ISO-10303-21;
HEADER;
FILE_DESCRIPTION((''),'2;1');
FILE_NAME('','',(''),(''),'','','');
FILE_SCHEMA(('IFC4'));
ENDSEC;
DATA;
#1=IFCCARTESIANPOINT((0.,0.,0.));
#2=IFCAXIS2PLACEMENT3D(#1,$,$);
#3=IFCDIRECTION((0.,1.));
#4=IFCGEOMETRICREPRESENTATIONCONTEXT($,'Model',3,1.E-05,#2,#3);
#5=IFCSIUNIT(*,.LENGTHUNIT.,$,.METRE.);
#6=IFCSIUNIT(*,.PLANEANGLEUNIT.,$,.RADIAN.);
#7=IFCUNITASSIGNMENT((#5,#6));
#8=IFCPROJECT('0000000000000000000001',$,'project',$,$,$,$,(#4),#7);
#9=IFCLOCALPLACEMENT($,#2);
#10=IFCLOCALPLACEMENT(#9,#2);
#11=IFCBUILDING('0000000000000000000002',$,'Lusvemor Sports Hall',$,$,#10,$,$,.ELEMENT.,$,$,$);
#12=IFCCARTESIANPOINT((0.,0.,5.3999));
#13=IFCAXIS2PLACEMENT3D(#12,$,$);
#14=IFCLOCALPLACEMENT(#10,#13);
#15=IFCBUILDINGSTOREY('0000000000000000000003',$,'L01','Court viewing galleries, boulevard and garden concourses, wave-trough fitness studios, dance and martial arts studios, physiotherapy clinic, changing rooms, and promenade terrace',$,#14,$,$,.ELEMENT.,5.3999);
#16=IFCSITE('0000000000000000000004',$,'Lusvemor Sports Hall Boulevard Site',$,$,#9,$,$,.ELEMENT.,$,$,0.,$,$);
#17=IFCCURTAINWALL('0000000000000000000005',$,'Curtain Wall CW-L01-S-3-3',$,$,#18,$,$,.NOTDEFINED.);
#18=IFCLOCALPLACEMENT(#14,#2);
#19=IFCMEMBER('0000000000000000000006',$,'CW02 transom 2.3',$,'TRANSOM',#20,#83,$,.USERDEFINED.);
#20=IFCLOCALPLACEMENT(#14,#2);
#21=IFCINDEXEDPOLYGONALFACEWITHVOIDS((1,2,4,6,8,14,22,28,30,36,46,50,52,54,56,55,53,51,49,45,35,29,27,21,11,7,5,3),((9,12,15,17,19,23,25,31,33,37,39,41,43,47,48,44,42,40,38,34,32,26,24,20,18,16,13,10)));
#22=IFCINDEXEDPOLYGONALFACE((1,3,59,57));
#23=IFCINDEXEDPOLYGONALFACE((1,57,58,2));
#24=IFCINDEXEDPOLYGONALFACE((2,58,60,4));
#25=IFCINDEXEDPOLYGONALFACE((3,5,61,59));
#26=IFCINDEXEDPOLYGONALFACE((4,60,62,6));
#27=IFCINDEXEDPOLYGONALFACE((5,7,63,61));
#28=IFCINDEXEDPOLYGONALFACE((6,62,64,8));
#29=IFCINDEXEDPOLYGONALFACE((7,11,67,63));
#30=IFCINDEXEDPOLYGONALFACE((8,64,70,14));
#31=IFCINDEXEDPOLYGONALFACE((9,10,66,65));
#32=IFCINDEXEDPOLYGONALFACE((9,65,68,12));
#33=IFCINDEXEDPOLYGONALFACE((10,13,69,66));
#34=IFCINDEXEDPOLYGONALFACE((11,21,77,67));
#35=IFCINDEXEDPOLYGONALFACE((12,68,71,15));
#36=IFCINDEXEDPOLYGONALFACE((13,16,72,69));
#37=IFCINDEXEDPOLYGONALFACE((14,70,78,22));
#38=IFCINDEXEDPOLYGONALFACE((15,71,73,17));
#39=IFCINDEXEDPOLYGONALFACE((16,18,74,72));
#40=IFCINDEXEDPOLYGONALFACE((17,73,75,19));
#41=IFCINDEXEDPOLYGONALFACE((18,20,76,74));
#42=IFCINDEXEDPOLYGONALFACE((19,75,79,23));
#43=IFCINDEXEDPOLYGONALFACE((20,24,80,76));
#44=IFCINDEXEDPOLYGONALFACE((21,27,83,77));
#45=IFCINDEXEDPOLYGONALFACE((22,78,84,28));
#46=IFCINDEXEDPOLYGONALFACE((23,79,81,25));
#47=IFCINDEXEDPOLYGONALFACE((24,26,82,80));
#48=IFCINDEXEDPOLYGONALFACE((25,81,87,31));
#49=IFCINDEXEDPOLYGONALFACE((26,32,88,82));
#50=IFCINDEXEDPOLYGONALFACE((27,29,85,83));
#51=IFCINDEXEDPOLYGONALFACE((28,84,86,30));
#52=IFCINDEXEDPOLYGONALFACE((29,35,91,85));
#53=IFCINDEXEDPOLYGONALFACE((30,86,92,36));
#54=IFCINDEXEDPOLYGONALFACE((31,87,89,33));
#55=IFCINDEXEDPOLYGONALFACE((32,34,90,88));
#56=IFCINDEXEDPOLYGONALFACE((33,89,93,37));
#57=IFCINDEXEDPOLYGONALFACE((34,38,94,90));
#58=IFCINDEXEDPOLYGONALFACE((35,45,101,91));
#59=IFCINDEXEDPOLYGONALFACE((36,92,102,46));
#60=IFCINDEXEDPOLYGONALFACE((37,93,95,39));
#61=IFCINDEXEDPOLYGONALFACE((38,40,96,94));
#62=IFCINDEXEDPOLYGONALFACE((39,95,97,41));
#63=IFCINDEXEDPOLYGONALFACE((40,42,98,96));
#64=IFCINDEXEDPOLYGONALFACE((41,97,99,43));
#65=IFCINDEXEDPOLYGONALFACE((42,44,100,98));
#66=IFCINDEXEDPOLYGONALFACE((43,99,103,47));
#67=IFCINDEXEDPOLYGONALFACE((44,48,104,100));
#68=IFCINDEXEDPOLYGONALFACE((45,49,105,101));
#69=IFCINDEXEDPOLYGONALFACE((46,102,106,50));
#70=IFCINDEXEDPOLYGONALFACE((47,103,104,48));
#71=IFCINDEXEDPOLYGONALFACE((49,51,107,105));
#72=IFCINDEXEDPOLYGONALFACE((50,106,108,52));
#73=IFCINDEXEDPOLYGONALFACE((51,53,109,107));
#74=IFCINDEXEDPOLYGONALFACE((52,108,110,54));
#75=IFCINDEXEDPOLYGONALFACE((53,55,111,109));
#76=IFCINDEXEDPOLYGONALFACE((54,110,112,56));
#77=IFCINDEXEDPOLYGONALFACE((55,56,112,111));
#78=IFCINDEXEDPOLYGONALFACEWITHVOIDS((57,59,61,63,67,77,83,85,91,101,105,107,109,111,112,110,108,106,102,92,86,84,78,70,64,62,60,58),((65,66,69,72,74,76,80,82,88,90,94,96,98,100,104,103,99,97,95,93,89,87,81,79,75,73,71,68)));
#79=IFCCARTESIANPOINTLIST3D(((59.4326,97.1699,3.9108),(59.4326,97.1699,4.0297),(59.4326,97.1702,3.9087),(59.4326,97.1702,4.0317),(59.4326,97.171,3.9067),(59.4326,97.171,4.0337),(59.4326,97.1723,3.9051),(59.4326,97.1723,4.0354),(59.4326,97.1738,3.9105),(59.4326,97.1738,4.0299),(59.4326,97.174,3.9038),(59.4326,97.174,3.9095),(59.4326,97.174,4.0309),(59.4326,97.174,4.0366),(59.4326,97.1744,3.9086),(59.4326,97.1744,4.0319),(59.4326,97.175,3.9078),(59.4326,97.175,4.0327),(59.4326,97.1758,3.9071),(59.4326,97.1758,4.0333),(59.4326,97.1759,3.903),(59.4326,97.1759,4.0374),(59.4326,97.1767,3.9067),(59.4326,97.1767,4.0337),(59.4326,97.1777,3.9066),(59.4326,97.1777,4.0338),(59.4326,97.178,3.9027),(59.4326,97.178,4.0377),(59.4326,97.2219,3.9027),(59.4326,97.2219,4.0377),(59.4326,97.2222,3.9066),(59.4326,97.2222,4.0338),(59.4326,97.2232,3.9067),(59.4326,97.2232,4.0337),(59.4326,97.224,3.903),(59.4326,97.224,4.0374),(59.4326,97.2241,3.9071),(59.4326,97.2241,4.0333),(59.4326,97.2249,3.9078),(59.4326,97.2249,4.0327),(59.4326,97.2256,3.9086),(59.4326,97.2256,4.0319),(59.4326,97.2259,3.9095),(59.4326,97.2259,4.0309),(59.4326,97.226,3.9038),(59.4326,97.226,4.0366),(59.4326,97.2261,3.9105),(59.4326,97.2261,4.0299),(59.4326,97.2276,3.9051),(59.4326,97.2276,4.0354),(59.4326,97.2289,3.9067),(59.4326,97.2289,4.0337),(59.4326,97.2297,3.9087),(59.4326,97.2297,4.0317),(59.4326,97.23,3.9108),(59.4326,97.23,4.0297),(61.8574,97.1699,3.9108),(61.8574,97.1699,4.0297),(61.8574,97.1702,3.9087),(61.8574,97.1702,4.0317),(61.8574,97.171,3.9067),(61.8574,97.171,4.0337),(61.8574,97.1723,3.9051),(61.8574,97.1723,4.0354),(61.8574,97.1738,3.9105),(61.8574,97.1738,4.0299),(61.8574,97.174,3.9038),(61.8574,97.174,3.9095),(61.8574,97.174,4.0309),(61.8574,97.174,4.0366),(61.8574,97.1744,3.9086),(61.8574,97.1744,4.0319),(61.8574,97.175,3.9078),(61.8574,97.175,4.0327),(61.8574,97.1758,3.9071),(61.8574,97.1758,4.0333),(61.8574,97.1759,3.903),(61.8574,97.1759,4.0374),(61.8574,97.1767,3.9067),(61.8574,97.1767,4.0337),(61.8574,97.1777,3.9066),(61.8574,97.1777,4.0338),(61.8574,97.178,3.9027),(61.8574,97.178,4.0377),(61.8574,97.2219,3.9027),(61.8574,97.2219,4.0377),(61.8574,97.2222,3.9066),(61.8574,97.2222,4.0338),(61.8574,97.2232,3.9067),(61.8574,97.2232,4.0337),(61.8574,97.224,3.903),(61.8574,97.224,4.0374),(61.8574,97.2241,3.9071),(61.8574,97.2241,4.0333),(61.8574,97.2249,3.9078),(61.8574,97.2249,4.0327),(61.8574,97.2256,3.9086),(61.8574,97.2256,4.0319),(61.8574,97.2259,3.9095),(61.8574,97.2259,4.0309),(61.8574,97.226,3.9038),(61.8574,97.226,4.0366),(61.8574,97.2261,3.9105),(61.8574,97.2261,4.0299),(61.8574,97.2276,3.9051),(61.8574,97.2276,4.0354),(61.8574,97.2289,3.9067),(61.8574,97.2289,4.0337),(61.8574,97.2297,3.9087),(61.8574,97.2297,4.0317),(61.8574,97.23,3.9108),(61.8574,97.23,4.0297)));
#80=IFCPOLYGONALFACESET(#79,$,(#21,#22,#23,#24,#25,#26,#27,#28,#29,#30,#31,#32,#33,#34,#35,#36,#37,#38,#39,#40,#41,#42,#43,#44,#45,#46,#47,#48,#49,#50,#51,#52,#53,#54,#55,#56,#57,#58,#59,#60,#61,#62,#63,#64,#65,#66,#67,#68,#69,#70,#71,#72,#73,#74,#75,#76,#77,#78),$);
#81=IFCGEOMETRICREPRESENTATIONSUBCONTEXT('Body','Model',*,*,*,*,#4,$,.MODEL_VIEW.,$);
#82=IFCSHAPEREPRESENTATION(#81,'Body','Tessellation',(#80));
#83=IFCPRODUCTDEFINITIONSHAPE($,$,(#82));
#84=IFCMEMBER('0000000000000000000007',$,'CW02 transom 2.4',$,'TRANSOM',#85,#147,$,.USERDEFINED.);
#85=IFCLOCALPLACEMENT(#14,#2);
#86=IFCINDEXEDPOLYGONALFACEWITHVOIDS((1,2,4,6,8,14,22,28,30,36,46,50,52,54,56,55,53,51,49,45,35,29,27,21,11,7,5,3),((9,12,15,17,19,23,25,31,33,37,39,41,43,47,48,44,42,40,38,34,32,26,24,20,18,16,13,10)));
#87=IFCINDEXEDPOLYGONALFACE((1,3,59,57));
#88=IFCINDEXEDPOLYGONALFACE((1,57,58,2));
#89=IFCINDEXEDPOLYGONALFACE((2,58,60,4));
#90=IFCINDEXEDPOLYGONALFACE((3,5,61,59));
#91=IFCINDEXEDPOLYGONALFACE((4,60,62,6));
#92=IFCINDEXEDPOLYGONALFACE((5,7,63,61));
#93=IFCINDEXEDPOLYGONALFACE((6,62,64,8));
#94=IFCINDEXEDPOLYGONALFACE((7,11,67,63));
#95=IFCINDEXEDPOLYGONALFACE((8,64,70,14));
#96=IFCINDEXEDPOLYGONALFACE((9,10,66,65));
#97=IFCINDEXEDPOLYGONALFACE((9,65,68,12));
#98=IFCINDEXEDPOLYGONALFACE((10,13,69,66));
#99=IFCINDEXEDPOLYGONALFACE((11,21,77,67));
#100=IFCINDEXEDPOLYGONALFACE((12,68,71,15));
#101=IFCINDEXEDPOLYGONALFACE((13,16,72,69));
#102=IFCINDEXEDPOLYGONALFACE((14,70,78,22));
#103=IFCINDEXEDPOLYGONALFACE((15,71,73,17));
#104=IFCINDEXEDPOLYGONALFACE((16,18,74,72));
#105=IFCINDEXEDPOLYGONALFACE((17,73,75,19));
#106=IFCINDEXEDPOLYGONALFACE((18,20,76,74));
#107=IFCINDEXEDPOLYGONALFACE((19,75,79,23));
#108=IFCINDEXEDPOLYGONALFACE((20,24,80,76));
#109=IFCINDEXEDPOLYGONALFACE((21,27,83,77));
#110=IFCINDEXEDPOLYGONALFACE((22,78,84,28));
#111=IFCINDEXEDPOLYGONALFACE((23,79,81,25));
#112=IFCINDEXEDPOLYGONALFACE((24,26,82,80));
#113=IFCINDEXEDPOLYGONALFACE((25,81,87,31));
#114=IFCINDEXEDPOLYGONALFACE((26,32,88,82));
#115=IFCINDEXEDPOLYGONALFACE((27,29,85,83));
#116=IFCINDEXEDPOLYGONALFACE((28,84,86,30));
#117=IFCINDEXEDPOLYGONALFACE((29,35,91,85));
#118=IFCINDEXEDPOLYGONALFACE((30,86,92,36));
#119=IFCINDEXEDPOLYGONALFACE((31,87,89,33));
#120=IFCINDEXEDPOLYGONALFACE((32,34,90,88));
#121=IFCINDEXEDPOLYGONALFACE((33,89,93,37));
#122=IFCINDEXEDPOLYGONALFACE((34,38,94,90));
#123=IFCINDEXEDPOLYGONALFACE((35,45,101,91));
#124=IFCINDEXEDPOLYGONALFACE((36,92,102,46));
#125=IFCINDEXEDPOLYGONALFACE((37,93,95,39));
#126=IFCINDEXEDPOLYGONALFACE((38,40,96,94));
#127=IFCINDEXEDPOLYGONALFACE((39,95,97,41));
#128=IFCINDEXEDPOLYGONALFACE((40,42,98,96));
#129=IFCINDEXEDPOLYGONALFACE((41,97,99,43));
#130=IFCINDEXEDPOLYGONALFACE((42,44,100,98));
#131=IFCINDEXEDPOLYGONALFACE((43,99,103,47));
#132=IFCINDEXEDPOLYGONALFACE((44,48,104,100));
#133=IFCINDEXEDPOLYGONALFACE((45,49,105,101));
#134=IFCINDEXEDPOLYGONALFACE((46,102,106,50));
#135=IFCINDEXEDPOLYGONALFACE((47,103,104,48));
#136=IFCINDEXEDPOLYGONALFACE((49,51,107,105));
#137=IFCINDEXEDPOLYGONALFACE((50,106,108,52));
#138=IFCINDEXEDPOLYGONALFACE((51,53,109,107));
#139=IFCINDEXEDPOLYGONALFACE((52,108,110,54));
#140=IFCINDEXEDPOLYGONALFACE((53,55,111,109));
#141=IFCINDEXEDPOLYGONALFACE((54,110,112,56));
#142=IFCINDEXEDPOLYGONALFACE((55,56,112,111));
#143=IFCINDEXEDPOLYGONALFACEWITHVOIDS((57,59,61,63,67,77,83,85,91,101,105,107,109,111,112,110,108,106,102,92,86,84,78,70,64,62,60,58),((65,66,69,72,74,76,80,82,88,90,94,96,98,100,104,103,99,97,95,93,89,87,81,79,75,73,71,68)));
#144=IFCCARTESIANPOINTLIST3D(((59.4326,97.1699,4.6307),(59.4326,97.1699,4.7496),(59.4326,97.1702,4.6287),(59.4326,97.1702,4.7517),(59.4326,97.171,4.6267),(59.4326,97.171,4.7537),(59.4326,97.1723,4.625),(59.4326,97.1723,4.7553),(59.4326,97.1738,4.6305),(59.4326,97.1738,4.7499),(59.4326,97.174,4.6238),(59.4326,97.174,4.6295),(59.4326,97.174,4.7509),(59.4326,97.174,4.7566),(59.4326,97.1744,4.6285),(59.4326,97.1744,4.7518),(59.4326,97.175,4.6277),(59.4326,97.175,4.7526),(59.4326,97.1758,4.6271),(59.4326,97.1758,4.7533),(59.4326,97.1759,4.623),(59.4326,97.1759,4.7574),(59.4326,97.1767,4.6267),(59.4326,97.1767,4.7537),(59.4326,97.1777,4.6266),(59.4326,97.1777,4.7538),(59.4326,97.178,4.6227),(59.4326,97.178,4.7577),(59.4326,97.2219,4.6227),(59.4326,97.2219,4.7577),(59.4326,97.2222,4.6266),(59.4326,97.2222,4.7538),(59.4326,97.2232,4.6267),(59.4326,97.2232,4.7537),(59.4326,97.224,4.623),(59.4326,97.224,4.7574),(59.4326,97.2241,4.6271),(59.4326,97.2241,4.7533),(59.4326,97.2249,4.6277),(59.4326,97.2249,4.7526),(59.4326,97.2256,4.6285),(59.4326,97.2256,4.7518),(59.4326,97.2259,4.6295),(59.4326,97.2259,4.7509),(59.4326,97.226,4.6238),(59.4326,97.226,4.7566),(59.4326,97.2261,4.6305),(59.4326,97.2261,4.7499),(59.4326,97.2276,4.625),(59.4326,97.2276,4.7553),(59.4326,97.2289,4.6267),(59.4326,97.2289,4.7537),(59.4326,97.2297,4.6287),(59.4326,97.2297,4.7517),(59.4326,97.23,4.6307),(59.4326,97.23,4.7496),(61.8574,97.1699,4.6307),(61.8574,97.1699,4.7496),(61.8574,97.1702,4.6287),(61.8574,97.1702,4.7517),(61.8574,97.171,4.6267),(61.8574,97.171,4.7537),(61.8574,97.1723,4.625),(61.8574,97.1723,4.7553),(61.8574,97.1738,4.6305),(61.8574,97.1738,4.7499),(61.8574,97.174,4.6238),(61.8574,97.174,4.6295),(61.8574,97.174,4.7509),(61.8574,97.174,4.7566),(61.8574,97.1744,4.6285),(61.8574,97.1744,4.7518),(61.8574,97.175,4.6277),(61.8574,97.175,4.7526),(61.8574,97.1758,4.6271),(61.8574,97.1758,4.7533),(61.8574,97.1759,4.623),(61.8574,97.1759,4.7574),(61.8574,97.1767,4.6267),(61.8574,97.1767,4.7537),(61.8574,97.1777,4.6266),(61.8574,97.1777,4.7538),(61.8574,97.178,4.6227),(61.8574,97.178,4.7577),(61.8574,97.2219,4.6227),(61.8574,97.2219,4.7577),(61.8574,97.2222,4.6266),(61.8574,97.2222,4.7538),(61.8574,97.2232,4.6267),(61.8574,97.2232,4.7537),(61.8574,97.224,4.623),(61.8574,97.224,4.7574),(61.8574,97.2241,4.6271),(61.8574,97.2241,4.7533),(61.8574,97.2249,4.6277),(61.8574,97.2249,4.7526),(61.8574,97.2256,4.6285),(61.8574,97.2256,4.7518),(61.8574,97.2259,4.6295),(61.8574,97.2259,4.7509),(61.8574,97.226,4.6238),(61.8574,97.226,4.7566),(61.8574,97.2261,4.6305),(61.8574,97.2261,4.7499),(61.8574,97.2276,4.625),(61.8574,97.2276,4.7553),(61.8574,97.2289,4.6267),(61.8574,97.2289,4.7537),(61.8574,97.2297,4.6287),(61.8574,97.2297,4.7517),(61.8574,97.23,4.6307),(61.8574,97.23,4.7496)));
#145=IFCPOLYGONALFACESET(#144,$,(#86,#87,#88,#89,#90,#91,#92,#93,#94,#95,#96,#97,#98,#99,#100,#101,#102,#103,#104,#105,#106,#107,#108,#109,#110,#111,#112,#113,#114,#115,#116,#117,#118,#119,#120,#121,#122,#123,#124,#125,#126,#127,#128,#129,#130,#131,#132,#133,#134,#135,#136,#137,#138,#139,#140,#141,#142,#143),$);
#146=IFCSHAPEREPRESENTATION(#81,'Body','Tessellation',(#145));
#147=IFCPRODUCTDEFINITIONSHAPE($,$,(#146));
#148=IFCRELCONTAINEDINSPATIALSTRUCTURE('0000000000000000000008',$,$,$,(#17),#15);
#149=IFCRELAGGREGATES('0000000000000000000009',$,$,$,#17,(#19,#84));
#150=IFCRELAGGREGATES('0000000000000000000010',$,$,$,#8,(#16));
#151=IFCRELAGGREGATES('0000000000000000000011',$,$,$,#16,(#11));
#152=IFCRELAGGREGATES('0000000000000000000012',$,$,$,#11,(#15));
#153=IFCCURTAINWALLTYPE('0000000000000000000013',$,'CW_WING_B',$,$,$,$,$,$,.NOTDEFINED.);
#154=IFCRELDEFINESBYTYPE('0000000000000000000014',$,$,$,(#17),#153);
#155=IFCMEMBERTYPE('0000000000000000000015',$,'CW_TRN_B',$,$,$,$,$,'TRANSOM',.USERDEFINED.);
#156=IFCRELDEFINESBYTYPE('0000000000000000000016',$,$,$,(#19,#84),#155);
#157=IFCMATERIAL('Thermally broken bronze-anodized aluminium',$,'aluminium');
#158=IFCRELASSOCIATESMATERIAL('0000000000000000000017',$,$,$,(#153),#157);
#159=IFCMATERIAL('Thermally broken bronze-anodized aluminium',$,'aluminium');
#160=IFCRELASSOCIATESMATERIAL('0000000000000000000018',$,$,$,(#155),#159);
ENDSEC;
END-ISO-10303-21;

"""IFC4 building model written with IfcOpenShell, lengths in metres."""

from ifc_helpers import new_model, si_unit, direction, frame, origin, origin_2d, place, context, subcontext, project, spatial, hollow_rectangle, extrude, material, material_profile, profile_set, type_object, element, aggregate, save


model = new_model("IFC4")

# Units and contexts
model_context = context("Model", 3, precision=1e-05, world=origin(), true_north=direction((0.0, 1.0)))
body_context = subcontext(model_context, "Body", "Model", "MODEL_VIEW")
ifc_project = project(units=[si_unit("LENGTHUNIT", "METRE"), si_unit("PLANEANGLEUNIT", "RADIAN")], contexts=[model_context])

# Site, building, storey
site_placement = place(None, origin())
site = spatial("IfcSite", under=ifc_project, at=site_placement, Name="Lusvemor Sports Hall Boulevard Site", CompositionType="ELEMENT", RefElevation=0.0)
building_placement = place(site_placement, origin())
building = spatial("IfcBuilding", under=site, at=building_placement, Name="Lusvemor Sports Hall", CompositionType="ELEMENT")
storey_placement = place(building_placement, frame((0.0, 0.0, 5.3999)))
storey = spatial("IfcBuildingStorey", under=building, at=storey_placement, Name="L01", Description="Court viewing galleries, boulevard and garden concourses, wave-trough fitness studios, dance and martial arts studios, physiotherapy clinic, changing rooms, and promenade terrace", CompositionType="ELEMENT", Elevation=5.3999)

# Curtain wall, members
ifc_material_1 = material(Name="Thermally broken bronze-anodized aluminium", Category="aluminium")
curtain_wall_type = type_object("IfcCurtainWallType", Name="CW_WING_B", PredefinedType="NOTDEFINED", material=ifc_material_1)
curtain_wall_placement = place(storey_placement, origin())
curtain_wall = element("IfcCurtainWall", 1, at=curtain_wall_placement, inside=storey, type_object=curtain_wall_type, Name="Curtain Wall CW-L01-S-3-3", PredefinedType="NOTDEFINED")
ifc_material_2 = material(Name="Thermally broken bronze-anodized aluminium", Category="aluminium")
ifc_material_profile_1 = material_profile(ifc_material_2, hollow_rectangle(XDim=0.0601, YDim=0.135, WallThickness=0.0039, InnerFilletRadius=0.0039, OuterFilletRadius=0.0081, at=origin_2d()), Name="CWTRN135x60x4")
ifc_profile_set_1 = profile_set([ifc_material_profile_1], Name="Thermally broken bronze-anodized aluminium")
member_type_1 = type_object("IfcMemberType", Name="CW_TRN_B", ElementType="TRANSOM", PredefinedType="USERDEFINED", material=ifc_profile_set_1)
member_1_placement = place(storey_placement, frame((61.8574, 97.2, 3.9702), z_axis=(-1.0, 0.0, 0.0), x_axis=(0.0, -1.0, 0.0)))
member_1 = element("IfcMember", 2, at=member_1_placement, type_object=member_type_1, Name="CW02 transom 2.3", ObjectType="TRANSOM", PredefinedType="USERDEFINED", context=body_context, shape_type="SweptSolid", body=[
    extrude(hollow_rectangle(XDim=0.0601, YDim=0.135, WallThickness=0.0039, InnerFilletRadius=0.0039, OuterFilletRadius=0.0081, at=origin_2d()), origin(), (0.0, 0.0, 1.0), 2.4248),
])
member_2_placement = place(storey_placement, frame((61.8574, 97.2, 4.6902), z_axis=(-1.0, 0.0, 0.0), x_axis=(0.0, -1.0, 0.0)))
member_2 = element("IfcMember", 3, at=member_2_placement, type_object=member_type_1, Name="CW02 transom 2.4", ObjectType="TRANSOM", PredefinedType="USERDEFINED", context=body_context, shape_type="SweptSolid", body=[
    extrude(hollow_rectangle(XDim=0.0601, YDim=0.135, WallThickness=0.0039, InnerFilletRadius=0.0039, OuterFilletRadius=0.0081, at=origin_2d()), origin(), (0.0, 0.0, 1.0), 2.4248),
])
aggregate(curtain_wall, [member_1, member_2])

save(model, "model.ifc")
